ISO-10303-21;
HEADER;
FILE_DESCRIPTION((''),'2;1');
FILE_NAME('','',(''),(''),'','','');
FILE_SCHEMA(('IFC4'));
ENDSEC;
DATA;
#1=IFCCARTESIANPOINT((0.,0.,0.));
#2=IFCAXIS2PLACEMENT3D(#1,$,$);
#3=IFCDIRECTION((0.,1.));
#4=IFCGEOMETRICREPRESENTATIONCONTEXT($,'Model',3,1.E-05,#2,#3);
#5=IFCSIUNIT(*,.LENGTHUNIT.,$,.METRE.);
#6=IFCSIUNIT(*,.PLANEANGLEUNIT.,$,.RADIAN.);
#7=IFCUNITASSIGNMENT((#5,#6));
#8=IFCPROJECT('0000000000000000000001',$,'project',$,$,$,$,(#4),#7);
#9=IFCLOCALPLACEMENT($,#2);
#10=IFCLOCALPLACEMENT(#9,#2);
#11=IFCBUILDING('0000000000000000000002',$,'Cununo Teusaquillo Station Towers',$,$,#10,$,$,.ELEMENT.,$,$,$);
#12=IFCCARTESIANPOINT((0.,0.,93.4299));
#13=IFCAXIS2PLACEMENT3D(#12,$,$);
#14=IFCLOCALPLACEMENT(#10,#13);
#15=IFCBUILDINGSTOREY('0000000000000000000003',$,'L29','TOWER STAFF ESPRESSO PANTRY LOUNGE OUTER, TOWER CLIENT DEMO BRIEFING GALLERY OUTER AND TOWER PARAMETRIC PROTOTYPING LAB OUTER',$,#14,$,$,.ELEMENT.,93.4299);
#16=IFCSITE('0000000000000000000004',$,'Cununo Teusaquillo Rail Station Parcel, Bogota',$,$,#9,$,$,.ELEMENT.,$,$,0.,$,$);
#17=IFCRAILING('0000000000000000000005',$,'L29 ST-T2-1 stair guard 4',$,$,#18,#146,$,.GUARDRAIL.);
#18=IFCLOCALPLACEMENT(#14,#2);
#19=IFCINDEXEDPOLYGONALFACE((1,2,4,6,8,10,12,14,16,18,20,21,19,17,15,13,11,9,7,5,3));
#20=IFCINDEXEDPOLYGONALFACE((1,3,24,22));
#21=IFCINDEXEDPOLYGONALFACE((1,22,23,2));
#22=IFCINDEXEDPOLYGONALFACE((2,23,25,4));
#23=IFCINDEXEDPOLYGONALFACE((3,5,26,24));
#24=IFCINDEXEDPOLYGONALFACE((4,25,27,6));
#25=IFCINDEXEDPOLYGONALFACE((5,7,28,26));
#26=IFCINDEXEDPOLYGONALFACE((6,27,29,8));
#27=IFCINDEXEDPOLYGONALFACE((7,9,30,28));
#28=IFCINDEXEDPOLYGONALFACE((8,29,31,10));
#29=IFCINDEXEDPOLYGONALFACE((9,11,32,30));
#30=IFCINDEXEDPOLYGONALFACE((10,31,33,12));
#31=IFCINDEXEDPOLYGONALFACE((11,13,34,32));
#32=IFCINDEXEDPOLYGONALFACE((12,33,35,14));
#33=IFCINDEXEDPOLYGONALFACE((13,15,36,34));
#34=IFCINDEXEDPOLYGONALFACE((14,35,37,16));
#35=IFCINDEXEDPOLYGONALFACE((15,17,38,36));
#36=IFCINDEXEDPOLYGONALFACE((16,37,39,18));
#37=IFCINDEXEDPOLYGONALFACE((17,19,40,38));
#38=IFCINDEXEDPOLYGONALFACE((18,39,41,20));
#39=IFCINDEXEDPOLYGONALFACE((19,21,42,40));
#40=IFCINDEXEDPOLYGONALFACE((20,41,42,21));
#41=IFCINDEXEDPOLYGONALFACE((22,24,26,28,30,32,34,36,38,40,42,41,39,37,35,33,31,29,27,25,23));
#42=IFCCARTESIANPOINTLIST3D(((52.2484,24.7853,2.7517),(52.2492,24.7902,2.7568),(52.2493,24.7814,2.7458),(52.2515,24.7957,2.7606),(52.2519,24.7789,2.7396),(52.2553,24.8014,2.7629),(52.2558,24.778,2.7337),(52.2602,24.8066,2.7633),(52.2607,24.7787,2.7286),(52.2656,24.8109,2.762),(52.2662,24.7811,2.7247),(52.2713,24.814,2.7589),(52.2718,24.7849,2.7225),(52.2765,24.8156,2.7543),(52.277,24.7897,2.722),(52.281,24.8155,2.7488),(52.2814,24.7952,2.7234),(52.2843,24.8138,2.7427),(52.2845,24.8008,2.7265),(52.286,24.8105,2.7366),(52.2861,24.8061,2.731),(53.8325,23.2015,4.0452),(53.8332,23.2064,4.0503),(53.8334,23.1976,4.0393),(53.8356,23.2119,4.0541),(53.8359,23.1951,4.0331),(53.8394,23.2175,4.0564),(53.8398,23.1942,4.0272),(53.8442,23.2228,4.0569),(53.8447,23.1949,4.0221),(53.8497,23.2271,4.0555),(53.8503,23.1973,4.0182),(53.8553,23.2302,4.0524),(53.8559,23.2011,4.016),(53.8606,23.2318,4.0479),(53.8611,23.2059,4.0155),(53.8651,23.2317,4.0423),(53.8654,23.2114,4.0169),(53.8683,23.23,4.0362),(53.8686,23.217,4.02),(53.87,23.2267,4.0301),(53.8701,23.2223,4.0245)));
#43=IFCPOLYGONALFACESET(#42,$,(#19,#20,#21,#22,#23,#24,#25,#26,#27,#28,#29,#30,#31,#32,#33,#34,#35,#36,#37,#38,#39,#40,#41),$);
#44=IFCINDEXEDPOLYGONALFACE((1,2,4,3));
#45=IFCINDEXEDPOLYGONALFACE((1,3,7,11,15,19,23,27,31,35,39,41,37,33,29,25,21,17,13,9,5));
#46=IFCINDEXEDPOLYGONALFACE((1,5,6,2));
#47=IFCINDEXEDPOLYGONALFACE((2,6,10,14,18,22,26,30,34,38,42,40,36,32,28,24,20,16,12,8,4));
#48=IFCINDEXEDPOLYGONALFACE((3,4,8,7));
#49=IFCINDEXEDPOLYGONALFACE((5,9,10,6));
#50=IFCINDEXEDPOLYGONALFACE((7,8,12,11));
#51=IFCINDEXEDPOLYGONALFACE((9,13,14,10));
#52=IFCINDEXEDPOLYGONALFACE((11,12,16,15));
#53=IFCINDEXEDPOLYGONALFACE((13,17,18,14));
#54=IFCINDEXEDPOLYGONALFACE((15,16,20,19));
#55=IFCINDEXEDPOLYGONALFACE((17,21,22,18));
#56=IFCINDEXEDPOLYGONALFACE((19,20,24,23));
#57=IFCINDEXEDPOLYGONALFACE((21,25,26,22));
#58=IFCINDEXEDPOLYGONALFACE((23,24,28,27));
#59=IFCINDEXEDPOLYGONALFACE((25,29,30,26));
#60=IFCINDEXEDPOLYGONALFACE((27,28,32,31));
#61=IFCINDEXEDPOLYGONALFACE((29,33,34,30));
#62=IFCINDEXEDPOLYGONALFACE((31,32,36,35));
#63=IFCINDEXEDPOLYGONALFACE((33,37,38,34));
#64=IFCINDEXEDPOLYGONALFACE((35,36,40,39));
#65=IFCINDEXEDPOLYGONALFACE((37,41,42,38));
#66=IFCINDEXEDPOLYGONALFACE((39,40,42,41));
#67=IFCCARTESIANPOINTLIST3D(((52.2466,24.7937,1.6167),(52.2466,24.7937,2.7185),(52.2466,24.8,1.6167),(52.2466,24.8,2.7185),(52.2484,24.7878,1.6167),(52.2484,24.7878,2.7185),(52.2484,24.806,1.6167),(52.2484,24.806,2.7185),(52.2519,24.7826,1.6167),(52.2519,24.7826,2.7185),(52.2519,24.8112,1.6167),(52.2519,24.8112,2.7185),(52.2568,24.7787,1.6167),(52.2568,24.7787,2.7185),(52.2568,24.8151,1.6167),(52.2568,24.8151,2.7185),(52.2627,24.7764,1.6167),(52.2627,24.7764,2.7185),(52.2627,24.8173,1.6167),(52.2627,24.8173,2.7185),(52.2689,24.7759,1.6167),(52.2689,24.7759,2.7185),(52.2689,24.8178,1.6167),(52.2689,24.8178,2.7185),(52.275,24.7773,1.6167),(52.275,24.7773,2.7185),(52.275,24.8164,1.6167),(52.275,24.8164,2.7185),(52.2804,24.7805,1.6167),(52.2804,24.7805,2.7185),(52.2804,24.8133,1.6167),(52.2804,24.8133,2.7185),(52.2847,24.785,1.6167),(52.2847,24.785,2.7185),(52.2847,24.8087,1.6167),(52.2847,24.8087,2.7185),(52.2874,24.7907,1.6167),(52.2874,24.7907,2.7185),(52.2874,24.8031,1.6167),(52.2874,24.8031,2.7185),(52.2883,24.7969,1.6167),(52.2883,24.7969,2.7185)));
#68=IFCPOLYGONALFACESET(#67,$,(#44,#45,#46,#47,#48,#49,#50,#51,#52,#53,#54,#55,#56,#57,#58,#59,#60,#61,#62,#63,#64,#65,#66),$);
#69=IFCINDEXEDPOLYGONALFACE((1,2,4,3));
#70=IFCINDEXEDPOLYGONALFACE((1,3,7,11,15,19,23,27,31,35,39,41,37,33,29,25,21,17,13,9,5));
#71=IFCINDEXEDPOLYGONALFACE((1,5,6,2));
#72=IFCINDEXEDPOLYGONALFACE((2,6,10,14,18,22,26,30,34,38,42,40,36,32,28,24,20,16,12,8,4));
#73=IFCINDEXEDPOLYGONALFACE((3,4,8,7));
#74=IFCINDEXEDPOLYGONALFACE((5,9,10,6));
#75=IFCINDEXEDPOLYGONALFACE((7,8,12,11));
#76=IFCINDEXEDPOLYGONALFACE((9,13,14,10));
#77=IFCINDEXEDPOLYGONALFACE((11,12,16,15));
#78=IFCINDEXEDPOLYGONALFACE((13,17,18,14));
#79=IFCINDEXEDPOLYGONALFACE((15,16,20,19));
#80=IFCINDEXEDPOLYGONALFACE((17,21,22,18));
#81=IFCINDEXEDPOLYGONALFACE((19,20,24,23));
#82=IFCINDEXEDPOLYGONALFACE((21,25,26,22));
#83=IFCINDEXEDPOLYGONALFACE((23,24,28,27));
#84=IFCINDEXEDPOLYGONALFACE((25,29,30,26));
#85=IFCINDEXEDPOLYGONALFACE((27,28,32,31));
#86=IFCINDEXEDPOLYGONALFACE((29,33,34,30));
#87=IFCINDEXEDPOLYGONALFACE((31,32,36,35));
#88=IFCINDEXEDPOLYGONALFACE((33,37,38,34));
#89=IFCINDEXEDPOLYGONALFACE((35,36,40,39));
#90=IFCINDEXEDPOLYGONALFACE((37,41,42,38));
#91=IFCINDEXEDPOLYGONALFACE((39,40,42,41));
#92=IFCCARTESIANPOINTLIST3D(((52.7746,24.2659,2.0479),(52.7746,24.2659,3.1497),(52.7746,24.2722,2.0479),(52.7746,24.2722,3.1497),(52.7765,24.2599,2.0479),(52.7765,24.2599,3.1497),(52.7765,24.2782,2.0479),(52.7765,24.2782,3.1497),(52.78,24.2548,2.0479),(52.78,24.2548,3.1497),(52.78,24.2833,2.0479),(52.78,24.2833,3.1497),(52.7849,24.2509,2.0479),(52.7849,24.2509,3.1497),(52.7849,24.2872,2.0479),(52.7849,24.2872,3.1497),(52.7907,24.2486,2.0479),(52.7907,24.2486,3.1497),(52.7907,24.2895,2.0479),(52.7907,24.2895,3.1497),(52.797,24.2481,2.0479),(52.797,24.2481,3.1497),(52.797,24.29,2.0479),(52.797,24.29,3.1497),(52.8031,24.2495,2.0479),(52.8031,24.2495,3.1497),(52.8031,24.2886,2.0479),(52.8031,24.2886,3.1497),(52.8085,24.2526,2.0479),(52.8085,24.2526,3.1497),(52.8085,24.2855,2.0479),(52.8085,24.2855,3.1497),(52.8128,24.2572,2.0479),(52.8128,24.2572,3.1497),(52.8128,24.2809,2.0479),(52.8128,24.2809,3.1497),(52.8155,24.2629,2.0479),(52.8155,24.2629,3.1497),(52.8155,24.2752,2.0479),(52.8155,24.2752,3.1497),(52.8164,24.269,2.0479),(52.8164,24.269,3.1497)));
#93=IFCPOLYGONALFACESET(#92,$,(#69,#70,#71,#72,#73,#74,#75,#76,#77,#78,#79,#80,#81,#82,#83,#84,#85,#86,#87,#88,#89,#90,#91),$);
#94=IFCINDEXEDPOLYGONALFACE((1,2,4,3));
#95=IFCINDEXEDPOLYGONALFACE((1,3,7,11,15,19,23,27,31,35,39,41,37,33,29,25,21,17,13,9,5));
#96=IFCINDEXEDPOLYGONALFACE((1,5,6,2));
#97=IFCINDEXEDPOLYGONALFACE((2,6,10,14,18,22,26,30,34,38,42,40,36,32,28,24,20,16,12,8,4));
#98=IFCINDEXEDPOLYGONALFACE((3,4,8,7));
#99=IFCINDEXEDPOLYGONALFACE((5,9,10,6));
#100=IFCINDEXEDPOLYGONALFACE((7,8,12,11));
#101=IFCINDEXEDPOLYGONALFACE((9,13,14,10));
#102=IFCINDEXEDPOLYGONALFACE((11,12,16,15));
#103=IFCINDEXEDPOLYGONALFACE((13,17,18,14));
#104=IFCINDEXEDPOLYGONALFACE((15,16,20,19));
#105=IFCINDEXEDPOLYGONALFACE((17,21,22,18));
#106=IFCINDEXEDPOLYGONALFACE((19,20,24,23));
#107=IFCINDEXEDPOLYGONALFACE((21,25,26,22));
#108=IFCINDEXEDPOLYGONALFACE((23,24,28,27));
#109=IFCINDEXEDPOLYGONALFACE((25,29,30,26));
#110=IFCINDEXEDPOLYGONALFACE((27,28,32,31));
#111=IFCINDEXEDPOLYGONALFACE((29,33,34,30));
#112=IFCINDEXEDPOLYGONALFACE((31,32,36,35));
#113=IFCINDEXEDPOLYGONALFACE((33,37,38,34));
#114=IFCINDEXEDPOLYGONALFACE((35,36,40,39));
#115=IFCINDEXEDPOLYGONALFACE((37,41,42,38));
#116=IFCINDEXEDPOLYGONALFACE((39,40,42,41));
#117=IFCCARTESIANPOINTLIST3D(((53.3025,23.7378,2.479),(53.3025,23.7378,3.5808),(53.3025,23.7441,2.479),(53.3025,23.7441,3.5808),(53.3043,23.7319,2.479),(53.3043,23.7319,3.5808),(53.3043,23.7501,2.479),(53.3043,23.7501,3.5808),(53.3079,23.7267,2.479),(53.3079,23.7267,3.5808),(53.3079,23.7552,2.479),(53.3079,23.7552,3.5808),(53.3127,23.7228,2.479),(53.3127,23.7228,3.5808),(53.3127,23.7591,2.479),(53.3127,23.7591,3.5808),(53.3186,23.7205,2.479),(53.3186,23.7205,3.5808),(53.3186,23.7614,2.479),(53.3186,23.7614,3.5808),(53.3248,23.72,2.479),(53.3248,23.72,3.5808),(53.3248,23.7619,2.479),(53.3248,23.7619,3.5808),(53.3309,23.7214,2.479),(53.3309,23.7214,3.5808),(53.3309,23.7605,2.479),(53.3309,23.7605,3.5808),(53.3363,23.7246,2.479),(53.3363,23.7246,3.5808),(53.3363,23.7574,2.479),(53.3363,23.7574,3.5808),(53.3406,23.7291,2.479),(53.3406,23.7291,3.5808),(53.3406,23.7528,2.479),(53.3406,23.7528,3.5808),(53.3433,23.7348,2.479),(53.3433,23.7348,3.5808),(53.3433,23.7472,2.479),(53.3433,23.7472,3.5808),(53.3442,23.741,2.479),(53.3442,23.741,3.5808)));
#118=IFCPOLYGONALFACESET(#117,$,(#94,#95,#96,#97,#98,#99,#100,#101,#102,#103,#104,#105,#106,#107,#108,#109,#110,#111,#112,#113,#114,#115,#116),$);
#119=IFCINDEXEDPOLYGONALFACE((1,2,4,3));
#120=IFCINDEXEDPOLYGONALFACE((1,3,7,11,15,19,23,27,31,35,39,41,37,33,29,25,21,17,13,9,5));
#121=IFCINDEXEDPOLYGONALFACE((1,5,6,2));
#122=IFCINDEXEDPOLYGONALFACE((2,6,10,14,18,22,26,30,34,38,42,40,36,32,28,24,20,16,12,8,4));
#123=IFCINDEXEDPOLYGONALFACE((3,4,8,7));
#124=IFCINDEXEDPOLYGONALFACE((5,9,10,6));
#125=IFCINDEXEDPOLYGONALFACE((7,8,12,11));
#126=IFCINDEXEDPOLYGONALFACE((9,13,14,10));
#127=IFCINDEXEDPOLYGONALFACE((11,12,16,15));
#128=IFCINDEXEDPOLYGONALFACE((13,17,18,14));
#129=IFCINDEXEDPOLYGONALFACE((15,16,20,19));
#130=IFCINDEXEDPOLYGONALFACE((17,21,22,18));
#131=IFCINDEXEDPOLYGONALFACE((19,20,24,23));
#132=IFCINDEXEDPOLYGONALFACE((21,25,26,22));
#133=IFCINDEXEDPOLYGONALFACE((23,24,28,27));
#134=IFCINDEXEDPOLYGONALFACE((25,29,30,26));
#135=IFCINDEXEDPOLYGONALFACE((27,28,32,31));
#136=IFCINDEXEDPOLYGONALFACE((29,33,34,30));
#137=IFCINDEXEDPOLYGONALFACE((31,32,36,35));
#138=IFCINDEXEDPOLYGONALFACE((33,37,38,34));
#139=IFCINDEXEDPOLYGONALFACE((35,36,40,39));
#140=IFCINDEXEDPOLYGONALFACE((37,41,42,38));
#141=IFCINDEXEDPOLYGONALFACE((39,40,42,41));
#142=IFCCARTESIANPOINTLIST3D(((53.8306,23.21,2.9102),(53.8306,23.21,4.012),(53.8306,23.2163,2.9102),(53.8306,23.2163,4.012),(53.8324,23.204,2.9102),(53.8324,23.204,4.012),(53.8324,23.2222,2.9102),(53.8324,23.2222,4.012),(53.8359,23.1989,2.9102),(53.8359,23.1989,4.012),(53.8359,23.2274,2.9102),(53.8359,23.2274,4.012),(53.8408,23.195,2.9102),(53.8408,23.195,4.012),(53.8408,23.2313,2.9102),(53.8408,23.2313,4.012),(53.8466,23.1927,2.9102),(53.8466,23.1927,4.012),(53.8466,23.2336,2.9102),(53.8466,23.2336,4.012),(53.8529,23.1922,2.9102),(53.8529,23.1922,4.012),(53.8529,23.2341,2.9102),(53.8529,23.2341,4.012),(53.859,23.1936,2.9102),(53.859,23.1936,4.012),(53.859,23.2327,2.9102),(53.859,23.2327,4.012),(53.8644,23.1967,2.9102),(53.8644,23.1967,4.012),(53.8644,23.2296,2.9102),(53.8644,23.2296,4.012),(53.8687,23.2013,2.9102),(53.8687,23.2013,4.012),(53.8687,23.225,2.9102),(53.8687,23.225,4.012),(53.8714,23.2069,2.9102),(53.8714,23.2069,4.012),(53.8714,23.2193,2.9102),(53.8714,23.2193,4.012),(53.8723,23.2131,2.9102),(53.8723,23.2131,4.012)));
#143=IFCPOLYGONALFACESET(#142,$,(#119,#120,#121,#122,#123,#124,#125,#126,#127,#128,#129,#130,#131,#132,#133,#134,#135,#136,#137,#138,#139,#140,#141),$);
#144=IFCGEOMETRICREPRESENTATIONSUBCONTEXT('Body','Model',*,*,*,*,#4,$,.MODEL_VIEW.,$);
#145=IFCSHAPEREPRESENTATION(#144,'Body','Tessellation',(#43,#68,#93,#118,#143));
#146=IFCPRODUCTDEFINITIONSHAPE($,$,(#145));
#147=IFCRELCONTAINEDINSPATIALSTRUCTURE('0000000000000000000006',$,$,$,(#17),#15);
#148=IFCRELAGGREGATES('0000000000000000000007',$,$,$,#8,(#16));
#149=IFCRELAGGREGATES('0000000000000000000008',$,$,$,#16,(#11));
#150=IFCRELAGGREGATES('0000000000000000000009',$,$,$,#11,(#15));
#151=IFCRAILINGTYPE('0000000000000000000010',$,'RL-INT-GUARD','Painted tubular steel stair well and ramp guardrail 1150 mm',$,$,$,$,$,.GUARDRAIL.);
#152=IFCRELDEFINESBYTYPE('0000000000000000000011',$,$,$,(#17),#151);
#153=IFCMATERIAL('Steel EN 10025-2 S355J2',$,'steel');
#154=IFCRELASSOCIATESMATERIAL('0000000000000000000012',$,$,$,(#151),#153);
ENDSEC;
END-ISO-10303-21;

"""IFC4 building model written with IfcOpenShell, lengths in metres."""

from ifc_helpers import new_model, si_unit, direction, frame, origin, origin_2d, place, context, subcontext, project, spatial, circle, extrude, material, type_object, element, save


model = new_model("IFC4")

# Units and contexts
model_context = context("Model", 3, precision=1e-05, world=origin(), true_north=direction((0.0, 1.0)))
body_context = subcontext(model_context, "Body", "Model", "MODEL_VIEW")
ifc_project = project(units=[si_unit("LENGTHUNIT", "METRE"), si_unit("PLANEANGLEUNIT", "RADIAN")], contexts=[model_context])

# Site, building, storey
site_placement = place(None, origin())
site = spatial("IfcSite", under=ifc_project, at=site_placement, Name="Cununo Teusaquillo Rail Station Parcel, Bogota", CompositionType="ELEMENT", RefElevation=0.0)
building_placement = place(site_placement, origin())
building = spatial("IfcBuilding", under=site, at=building_placement, Name="Cununo Teusaquillo Station Towers", CompositionType="ELEMENT")
storey_placement = place(building_placement, frame((0.0, 0.0, 93.4299)))
storey = spatial("IfcBuildingStorey", under=building, at=storey_placement, Name="L29", Description="TOWER STAFF ESPRESSO PANTRY LOUNGE OUTER, TOWER CLIENT DEMO BRIEFING GALLERY OUTER AND TOWER PARAMETRIC PROTOTYPING LAB OUTER", CompositionType="ELEMENT", Elevation=93.4299)

# Railing
ifc_material_1 = material(Name="Steel EN 10025-2 S355J2", Category="steel")
railing_type_1 = type_object("IfcRailingType", Name="RL-INT-GUARD", Description="Painted tubular steel stair well and ramp guardrail 1150 mm", PredefinedType="GUARDRAIL", material=ifc_material_1)
railing_1_placement = place(storey_placement, frame((52.2673, 24.7969, 1.6167)))
element("IfcRailing", 1, at=railing_1_placement, inside=storey, type_object=railing_type_1, Name="L29 ST-T2-1 stair guard 4", PredefinedType="GUARDRAIL", context=body_context, shape_type="SweptSolid", body=[
    extrude(circle(Radius=0.0239, at=origin_2d()), frame((0.0, 0.0, 1.126), z_axis=(0.612391, -0.612297, 0.500069), x_axis=(0.707052, 0.707161, 0.0)), (0.0, 0.0, 1.0), 2.5867),
    extrude(circle(Radius=0.021, at=origin_2d()), origin(), (0.0, 0.0, 1.0), 1.1018),
    extrude(circle(Radius=0.021, at=origin_2d()), frame((0.5281, -0.5278, 0.4312)), (0.0, 0.0, 1.0), 1.1018),
    extrude(circle(Radius=0.021, at=origin_2d()), frame((1.0559, -1.0559, 0.8623)), (0.0, 0.0, 1.0), 1.1018),
    extrude(circle(Radius=0.021, at=origin_2d()), frame((1.584, -1.5837, 1.2935)), (0.0, 0.0, 1.0), 1.1018),
])

save(model, "model.ifc")
